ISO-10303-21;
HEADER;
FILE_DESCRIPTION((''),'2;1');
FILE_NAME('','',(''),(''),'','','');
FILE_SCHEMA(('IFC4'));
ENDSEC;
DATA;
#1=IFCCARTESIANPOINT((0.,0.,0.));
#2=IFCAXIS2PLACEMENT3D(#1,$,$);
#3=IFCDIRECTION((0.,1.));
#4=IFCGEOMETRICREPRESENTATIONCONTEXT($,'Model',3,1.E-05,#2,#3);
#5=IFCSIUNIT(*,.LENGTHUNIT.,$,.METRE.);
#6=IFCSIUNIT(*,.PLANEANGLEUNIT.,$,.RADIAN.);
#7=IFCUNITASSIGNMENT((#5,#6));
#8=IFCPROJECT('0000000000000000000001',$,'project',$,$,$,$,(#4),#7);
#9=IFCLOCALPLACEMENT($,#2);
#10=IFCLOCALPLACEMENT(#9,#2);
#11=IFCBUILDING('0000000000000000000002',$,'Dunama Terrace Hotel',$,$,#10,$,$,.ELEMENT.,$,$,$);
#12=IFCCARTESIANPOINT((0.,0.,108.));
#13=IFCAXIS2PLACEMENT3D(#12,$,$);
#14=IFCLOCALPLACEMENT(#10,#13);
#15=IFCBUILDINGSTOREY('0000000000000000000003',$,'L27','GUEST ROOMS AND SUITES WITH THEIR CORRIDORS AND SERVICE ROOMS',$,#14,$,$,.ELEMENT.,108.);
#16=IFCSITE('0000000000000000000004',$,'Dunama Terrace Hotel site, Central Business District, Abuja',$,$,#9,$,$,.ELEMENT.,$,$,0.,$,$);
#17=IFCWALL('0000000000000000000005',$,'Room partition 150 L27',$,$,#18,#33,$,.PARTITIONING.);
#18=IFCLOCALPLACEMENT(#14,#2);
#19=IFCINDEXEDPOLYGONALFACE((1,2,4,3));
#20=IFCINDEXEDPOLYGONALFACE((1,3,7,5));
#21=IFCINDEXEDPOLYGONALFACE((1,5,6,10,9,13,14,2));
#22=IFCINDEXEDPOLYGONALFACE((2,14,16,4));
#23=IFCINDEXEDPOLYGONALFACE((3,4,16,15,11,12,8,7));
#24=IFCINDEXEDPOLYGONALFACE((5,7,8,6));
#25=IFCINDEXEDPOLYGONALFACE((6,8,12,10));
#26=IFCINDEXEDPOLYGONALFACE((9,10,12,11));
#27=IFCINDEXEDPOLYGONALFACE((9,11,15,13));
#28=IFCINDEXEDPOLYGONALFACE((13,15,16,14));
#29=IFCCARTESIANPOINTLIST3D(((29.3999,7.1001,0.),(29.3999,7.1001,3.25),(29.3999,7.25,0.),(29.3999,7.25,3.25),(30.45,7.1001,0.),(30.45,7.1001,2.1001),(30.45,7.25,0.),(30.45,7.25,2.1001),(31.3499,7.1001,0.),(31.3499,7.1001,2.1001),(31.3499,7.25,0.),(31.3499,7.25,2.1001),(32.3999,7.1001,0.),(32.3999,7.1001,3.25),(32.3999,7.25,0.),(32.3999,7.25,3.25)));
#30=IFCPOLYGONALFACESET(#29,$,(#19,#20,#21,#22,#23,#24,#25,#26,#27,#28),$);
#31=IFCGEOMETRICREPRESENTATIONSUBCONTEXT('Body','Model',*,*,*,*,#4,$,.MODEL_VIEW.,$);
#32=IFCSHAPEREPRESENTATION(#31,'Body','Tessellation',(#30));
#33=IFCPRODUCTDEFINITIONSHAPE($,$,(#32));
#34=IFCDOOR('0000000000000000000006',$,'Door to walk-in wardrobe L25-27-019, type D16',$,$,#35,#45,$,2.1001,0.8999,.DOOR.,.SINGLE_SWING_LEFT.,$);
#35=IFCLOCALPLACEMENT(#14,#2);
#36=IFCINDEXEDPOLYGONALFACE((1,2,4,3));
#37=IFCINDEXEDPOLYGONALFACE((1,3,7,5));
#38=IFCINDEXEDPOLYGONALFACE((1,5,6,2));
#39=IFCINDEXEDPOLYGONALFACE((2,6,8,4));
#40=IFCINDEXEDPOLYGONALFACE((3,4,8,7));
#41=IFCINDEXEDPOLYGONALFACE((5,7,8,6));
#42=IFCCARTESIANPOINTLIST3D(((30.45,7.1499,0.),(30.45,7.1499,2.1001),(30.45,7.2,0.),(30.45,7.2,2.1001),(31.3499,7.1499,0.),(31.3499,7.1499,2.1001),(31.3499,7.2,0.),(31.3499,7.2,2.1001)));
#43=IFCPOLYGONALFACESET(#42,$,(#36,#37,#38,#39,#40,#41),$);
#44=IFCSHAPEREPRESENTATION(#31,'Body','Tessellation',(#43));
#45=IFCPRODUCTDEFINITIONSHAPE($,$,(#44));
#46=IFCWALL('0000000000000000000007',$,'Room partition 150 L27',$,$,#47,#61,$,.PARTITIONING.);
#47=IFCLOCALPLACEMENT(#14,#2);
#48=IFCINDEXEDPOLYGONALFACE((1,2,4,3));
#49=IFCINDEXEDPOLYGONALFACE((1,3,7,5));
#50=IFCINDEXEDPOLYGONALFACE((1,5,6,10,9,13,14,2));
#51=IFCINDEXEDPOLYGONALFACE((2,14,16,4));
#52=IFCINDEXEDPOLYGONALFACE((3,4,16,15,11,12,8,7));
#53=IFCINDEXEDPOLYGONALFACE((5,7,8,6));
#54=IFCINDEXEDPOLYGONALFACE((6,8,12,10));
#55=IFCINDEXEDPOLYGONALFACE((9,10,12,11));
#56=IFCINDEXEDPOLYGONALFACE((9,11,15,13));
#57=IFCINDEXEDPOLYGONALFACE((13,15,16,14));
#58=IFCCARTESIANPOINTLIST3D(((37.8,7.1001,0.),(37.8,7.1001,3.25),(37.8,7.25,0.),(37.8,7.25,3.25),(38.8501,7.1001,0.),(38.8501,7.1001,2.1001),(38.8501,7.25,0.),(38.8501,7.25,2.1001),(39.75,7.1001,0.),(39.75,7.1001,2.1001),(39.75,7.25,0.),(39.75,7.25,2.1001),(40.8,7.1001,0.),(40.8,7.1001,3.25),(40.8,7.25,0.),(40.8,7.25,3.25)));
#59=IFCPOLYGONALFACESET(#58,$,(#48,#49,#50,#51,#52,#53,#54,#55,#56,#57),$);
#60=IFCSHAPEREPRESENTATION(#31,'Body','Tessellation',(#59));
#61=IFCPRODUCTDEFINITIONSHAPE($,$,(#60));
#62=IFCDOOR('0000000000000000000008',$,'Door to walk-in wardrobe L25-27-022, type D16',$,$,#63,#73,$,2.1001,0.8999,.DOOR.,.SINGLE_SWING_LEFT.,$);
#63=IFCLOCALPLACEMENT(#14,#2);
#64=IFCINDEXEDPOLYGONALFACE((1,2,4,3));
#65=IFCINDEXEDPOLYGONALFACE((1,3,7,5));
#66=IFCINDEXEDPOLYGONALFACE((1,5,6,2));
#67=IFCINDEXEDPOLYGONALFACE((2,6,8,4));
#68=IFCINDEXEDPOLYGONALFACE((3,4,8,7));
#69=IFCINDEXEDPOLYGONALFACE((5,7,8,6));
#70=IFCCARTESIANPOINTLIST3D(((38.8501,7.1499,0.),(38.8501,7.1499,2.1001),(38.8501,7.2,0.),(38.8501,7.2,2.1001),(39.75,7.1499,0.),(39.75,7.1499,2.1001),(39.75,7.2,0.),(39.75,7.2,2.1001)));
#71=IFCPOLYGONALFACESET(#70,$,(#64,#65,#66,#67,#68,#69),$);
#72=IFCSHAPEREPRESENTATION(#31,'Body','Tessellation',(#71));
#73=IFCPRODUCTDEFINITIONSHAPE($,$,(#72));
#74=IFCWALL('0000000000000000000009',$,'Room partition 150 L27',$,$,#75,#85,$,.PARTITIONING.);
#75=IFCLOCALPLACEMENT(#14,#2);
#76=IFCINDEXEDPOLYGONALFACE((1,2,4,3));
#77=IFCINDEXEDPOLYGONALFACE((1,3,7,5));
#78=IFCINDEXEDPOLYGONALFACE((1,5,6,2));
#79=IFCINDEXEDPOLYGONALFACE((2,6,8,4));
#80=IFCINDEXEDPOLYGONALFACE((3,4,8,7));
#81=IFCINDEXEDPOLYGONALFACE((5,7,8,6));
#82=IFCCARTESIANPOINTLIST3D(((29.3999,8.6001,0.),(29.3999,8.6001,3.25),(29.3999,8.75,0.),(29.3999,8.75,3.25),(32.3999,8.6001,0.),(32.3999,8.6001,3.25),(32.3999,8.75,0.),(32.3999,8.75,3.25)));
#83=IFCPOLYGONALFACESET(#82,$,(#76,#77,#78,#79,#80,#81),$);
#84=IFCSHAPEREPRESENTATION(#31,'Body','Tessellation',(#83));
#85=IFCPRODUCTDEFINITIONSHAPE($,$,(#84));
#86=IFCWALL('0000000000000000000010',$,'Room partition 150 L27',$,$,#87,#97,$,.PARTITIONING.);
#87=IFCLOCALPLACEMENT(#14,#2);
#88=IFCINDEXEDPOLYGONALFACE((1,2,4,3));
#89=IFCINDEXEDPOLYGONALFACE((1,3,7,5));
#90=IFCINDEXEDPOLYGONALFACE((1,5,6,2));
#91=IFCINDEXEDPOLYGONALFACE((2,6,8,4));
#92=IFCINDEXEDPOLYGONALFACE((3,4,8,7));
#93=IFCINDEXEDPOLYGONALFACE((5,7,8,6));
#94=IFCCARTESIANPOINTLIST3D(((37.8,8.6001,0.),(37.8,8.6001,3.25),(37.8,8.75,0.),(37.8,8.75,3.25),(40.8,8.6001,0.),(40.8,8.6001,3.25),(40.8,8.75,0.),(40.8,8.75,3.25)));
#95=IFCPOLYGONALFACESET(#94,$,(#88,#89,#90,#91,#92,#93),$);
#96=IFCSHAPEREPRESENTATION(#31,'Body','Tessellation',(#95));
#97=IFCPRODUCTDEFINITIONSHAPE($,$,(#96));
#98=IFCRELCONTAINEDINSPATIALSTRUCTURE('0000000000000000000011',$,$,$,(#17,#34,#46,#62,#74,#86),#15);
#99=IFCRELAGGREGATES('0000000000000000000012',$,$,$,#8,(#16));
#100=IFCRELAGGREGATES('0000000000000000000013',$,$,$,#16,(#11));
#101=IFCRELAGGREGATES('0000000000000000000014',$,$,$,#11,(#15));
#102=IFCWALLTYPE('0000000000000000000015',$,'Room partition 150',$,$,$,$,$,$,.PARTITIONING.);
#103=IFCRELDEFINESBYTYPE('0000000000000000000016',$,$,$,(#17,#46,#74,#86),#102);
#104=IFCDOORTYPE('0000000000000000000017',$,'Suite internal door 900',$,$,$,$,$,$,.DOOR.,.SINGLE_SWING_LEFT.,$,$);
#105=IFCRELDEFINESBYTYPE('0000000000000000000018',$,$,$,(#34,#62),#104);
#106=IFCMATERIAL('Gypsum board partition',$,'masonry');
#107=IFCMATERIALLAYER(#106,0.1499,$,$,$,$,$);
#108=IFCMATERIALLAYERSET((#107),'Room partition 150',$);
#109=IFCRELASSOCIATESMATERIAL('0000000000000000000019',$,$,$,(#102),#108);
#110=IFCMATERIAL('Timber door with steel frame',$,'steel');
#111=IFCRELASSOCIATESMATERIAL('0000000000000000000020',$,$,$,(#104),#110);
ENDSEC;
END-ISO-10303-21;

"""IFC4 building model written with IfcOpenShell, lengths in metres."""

from ifc_helpers import new_model, si_unit, direction, frame, frame_2d, origin, place, context, subcontext, project, spatial, rectangle, extrude, material, layer, layer_set, type_object, element, fill, save


model = new_model("IFC4")

# Units and contexts
model_context = context("Model", 3, precision=1e-05, world=origin(), true_north=direction((0.0, 1.0)))
body_context = subcontext(model_context, "Body", "Model", "MODEL_VIEW")
ifc_project = project(units=[si_unit("LENGTHUNIT", "METRE"), si_unit("PLANEANGLEUNIT", "RADIAN")], contexts=[model_context])

# Site, building, storey
site_placement = place(None, origin())
site = spatial("IfcSite", under=ifc_project, at=site_placement, Name="Dunama Terrace Hotel site, Central Business District, Abuja", CompositionType="ELEMENT", RefElevation=0.0)
building_placement = place(site_placement, origin())
building = spatial("IfcBuilding", under=site, at=building_placement, Name="Dunama Terrace Hotel", CompositionType="ELEMENT")
storey_placement = place(building_placement, frame((0.0, 0.0, 108.0)))
storey = spatial("IfcBuildingStorey", under=building, at=storey_placement, Name="L27", Description="GUEST ROOMS AND SUITES WITH THEIR CORRIDORS AND SERVICE ROOMS", CompositionType="ELEMENT", Elevation=108.0)

# Shared definitions
ifc_material_1 = material(Name="Gypsum board partition", Category="masonry")
ifc_layer_1 = layer(ifc_material_1, 0.1499)
ifc_layer_set_1 = layer_set([ifc_layer_1], Name="Room partition 150")
wall_type_1 = type_object("IfcWallType", Name="Room partition 150", PredefinedType="PARTITIONING", material=ifc_layer_set_1)

# Walls, openings, doors
ifc_material_2 = material(Name="Timber door with steel frame", Category="steel")
door_type_1 = type_object("IfcDoorType", Name="Suite internal door 900", OperationType="SINGLE_SWING_LEFT", PredefinedType="DOOR", material=ifc_material_2)
wall_1_placement = place(storey_placement, frame((29.3999, 7.175, 0.0), z_axis=(0.0, 0.0, 1.0), x_axis=(1.0, 0.0, 0.0)))
wall_1 = element("IfcWall", 1, at=wall_1_placement, inside=storey, type_object=wall_type_1, Name="Room partition 150 L27", PredefinedType="PARTITIONING", context=body_context, shape_type="SweptSolid", body=[
    extrude(rectangle(XDim=3.0, YDim=0.1499, at=frame_2d((1.5, 0.0))), origin(), (0.0, 0.0, 1.0), 3.25),
])
opening_1_placement = place(wall_1_placement, frame((1.05, 0.0, 0.0)))
opening_1 = element("IfcOpeningElement", 2, at=opening_1_placement, cuts=wall_1, PredefinedType="OPENING", context=body_context, shape_type="SweptSolid", body=[
    extrude(rectangle(XDim=0.8999, YDim=2.1001, at=frame_2d((0.45, 1.05))), frame((0.0, 0.085, 0.0), z_axis=(0.0, -1.0, 0.0), x_axis=(1.0, 0.0, 0.0)), (0.0, 0.0, 1.0), 0.1699),
])
door_1_placement = place(opening_1_placement, origin())
door_1 = element("IfcDoor", 3, at=door_1_placement, inside=storey, type_object=door_type_1, Name="Door to walk-in wardrobe L25-27-019, type D16", OperationType="SINGLE_SWING_LEFT", OverallHeight=2.1001, OverallWidth=0.8999, PredefinedType="DOOR", context=body_context, shape_type="SweptSolid", body=[
    extrude(rectangle(XDim=0.8999, YDim=2.1001, at=frame_2d((0.45, 1.05))), frame((0.0, 0.0249, 0.0), z_axis=(0.0, -1.0, 0.0), x_axis=(1.0, 0.0, 0.0)), (0.0, 0.0, 1.0), 0.05),
])
fill(opening_1, door_1)
wall_2_placement = place(storey_placement, frame((37.8, 7.175, 0.0), z_axis=(0.0, 0.0, 1.0), x_axis=(1.0, 0.0, 0.0)))
wall_2 = element("IfcWall", 4, at=wall_2_placement, inside=storey, type_object=wall_type_1, Name="Room partition 150 L27", PredefinedType="PARTITIONING", context=body_context, shape_type="SweptSolid", body=[
    extrude(rectangle(XDim=3.0, YDim=0.1499, at=frame_2d((1.5, 0.0))), origin(), (0.0, 0.0, 1.0), 3.25),
])
opening_2_placement = place(wall_2_placement, frame((1.05, 0.0, 0.0)))
opening_2 = element("IfcOpeningElement", 5, at=opening_2_placement, cuts=wall_2, PredefinedType="OPENING", context=body_context, shape_type="SweptSolid", body=[
    extrude(rectangle(XDim=0.8999, YDim=2.1001, at=frame_2d((0.45, 1.05))), frame((0.0, 0.085, 0.0), z_axis=(0.0, -1.0, 0.0), x_axis=(1.0, 0.0, 0.0)), (0.0, 0.0, 1.0), 0.1699),
])
door_2_placement = place(opening_2_placement, origin())
door_2 = element("IfcDoor", 6, at=door_2_placement, inside=storey, type_object=door_type_1, Name="Door to walk-in wardrobe L25-27-022, type D16", OperationType="SINGLE_SWING_LEFT", OverallHeight=2.1001, OverallWidth=0.8999, PredefinedType="DOOR", context=body_context, shape_type="SweptSolid", body=[
    extrude(rectangle(XDim=0.8999, YDim=2.1001, at=frame_2d((0.45, 1.05))), frame((0.0, 0.0249, 0.0), z_axis=(0.0, -1.0, 0.0), x_axis=(1.0, 0.0, 0.0)), (0.0, 0.0, 1.0), 0.05),
])
fill(opening_2, door_2)

# Walls
for number, where, z_axis, x_axis, name in (
    (7, (29.3999, 8.675, 0.0), (0.0, 0.0, 1.0), (1.0, 0.0, 0.0), "Room partition 150 L27"),
    (8, (37.8, 8.675, 0.0), (0.0, 0.0, 1.0), (1.0, 0.0, 0.0), "Room partition 150 L27"),
):
    element("IfcWall", number, at=place(storey_placement, frame(where, z_axis=z_axis, x_axis=x_axis)), inside=storey, type_object=wall_type_1, Name=name, PredefinedType="PARTITIONING", context=body_context, shape_type="SweptSolid", body=[
        extrude(rectangle(XDim=3.0, YDim=0.1499, at=frame_2d((1.5, 0.0))), origin(), (0.0, 0.0, 1.0), 3.25),
    ])

save(model, "model.ifc")
